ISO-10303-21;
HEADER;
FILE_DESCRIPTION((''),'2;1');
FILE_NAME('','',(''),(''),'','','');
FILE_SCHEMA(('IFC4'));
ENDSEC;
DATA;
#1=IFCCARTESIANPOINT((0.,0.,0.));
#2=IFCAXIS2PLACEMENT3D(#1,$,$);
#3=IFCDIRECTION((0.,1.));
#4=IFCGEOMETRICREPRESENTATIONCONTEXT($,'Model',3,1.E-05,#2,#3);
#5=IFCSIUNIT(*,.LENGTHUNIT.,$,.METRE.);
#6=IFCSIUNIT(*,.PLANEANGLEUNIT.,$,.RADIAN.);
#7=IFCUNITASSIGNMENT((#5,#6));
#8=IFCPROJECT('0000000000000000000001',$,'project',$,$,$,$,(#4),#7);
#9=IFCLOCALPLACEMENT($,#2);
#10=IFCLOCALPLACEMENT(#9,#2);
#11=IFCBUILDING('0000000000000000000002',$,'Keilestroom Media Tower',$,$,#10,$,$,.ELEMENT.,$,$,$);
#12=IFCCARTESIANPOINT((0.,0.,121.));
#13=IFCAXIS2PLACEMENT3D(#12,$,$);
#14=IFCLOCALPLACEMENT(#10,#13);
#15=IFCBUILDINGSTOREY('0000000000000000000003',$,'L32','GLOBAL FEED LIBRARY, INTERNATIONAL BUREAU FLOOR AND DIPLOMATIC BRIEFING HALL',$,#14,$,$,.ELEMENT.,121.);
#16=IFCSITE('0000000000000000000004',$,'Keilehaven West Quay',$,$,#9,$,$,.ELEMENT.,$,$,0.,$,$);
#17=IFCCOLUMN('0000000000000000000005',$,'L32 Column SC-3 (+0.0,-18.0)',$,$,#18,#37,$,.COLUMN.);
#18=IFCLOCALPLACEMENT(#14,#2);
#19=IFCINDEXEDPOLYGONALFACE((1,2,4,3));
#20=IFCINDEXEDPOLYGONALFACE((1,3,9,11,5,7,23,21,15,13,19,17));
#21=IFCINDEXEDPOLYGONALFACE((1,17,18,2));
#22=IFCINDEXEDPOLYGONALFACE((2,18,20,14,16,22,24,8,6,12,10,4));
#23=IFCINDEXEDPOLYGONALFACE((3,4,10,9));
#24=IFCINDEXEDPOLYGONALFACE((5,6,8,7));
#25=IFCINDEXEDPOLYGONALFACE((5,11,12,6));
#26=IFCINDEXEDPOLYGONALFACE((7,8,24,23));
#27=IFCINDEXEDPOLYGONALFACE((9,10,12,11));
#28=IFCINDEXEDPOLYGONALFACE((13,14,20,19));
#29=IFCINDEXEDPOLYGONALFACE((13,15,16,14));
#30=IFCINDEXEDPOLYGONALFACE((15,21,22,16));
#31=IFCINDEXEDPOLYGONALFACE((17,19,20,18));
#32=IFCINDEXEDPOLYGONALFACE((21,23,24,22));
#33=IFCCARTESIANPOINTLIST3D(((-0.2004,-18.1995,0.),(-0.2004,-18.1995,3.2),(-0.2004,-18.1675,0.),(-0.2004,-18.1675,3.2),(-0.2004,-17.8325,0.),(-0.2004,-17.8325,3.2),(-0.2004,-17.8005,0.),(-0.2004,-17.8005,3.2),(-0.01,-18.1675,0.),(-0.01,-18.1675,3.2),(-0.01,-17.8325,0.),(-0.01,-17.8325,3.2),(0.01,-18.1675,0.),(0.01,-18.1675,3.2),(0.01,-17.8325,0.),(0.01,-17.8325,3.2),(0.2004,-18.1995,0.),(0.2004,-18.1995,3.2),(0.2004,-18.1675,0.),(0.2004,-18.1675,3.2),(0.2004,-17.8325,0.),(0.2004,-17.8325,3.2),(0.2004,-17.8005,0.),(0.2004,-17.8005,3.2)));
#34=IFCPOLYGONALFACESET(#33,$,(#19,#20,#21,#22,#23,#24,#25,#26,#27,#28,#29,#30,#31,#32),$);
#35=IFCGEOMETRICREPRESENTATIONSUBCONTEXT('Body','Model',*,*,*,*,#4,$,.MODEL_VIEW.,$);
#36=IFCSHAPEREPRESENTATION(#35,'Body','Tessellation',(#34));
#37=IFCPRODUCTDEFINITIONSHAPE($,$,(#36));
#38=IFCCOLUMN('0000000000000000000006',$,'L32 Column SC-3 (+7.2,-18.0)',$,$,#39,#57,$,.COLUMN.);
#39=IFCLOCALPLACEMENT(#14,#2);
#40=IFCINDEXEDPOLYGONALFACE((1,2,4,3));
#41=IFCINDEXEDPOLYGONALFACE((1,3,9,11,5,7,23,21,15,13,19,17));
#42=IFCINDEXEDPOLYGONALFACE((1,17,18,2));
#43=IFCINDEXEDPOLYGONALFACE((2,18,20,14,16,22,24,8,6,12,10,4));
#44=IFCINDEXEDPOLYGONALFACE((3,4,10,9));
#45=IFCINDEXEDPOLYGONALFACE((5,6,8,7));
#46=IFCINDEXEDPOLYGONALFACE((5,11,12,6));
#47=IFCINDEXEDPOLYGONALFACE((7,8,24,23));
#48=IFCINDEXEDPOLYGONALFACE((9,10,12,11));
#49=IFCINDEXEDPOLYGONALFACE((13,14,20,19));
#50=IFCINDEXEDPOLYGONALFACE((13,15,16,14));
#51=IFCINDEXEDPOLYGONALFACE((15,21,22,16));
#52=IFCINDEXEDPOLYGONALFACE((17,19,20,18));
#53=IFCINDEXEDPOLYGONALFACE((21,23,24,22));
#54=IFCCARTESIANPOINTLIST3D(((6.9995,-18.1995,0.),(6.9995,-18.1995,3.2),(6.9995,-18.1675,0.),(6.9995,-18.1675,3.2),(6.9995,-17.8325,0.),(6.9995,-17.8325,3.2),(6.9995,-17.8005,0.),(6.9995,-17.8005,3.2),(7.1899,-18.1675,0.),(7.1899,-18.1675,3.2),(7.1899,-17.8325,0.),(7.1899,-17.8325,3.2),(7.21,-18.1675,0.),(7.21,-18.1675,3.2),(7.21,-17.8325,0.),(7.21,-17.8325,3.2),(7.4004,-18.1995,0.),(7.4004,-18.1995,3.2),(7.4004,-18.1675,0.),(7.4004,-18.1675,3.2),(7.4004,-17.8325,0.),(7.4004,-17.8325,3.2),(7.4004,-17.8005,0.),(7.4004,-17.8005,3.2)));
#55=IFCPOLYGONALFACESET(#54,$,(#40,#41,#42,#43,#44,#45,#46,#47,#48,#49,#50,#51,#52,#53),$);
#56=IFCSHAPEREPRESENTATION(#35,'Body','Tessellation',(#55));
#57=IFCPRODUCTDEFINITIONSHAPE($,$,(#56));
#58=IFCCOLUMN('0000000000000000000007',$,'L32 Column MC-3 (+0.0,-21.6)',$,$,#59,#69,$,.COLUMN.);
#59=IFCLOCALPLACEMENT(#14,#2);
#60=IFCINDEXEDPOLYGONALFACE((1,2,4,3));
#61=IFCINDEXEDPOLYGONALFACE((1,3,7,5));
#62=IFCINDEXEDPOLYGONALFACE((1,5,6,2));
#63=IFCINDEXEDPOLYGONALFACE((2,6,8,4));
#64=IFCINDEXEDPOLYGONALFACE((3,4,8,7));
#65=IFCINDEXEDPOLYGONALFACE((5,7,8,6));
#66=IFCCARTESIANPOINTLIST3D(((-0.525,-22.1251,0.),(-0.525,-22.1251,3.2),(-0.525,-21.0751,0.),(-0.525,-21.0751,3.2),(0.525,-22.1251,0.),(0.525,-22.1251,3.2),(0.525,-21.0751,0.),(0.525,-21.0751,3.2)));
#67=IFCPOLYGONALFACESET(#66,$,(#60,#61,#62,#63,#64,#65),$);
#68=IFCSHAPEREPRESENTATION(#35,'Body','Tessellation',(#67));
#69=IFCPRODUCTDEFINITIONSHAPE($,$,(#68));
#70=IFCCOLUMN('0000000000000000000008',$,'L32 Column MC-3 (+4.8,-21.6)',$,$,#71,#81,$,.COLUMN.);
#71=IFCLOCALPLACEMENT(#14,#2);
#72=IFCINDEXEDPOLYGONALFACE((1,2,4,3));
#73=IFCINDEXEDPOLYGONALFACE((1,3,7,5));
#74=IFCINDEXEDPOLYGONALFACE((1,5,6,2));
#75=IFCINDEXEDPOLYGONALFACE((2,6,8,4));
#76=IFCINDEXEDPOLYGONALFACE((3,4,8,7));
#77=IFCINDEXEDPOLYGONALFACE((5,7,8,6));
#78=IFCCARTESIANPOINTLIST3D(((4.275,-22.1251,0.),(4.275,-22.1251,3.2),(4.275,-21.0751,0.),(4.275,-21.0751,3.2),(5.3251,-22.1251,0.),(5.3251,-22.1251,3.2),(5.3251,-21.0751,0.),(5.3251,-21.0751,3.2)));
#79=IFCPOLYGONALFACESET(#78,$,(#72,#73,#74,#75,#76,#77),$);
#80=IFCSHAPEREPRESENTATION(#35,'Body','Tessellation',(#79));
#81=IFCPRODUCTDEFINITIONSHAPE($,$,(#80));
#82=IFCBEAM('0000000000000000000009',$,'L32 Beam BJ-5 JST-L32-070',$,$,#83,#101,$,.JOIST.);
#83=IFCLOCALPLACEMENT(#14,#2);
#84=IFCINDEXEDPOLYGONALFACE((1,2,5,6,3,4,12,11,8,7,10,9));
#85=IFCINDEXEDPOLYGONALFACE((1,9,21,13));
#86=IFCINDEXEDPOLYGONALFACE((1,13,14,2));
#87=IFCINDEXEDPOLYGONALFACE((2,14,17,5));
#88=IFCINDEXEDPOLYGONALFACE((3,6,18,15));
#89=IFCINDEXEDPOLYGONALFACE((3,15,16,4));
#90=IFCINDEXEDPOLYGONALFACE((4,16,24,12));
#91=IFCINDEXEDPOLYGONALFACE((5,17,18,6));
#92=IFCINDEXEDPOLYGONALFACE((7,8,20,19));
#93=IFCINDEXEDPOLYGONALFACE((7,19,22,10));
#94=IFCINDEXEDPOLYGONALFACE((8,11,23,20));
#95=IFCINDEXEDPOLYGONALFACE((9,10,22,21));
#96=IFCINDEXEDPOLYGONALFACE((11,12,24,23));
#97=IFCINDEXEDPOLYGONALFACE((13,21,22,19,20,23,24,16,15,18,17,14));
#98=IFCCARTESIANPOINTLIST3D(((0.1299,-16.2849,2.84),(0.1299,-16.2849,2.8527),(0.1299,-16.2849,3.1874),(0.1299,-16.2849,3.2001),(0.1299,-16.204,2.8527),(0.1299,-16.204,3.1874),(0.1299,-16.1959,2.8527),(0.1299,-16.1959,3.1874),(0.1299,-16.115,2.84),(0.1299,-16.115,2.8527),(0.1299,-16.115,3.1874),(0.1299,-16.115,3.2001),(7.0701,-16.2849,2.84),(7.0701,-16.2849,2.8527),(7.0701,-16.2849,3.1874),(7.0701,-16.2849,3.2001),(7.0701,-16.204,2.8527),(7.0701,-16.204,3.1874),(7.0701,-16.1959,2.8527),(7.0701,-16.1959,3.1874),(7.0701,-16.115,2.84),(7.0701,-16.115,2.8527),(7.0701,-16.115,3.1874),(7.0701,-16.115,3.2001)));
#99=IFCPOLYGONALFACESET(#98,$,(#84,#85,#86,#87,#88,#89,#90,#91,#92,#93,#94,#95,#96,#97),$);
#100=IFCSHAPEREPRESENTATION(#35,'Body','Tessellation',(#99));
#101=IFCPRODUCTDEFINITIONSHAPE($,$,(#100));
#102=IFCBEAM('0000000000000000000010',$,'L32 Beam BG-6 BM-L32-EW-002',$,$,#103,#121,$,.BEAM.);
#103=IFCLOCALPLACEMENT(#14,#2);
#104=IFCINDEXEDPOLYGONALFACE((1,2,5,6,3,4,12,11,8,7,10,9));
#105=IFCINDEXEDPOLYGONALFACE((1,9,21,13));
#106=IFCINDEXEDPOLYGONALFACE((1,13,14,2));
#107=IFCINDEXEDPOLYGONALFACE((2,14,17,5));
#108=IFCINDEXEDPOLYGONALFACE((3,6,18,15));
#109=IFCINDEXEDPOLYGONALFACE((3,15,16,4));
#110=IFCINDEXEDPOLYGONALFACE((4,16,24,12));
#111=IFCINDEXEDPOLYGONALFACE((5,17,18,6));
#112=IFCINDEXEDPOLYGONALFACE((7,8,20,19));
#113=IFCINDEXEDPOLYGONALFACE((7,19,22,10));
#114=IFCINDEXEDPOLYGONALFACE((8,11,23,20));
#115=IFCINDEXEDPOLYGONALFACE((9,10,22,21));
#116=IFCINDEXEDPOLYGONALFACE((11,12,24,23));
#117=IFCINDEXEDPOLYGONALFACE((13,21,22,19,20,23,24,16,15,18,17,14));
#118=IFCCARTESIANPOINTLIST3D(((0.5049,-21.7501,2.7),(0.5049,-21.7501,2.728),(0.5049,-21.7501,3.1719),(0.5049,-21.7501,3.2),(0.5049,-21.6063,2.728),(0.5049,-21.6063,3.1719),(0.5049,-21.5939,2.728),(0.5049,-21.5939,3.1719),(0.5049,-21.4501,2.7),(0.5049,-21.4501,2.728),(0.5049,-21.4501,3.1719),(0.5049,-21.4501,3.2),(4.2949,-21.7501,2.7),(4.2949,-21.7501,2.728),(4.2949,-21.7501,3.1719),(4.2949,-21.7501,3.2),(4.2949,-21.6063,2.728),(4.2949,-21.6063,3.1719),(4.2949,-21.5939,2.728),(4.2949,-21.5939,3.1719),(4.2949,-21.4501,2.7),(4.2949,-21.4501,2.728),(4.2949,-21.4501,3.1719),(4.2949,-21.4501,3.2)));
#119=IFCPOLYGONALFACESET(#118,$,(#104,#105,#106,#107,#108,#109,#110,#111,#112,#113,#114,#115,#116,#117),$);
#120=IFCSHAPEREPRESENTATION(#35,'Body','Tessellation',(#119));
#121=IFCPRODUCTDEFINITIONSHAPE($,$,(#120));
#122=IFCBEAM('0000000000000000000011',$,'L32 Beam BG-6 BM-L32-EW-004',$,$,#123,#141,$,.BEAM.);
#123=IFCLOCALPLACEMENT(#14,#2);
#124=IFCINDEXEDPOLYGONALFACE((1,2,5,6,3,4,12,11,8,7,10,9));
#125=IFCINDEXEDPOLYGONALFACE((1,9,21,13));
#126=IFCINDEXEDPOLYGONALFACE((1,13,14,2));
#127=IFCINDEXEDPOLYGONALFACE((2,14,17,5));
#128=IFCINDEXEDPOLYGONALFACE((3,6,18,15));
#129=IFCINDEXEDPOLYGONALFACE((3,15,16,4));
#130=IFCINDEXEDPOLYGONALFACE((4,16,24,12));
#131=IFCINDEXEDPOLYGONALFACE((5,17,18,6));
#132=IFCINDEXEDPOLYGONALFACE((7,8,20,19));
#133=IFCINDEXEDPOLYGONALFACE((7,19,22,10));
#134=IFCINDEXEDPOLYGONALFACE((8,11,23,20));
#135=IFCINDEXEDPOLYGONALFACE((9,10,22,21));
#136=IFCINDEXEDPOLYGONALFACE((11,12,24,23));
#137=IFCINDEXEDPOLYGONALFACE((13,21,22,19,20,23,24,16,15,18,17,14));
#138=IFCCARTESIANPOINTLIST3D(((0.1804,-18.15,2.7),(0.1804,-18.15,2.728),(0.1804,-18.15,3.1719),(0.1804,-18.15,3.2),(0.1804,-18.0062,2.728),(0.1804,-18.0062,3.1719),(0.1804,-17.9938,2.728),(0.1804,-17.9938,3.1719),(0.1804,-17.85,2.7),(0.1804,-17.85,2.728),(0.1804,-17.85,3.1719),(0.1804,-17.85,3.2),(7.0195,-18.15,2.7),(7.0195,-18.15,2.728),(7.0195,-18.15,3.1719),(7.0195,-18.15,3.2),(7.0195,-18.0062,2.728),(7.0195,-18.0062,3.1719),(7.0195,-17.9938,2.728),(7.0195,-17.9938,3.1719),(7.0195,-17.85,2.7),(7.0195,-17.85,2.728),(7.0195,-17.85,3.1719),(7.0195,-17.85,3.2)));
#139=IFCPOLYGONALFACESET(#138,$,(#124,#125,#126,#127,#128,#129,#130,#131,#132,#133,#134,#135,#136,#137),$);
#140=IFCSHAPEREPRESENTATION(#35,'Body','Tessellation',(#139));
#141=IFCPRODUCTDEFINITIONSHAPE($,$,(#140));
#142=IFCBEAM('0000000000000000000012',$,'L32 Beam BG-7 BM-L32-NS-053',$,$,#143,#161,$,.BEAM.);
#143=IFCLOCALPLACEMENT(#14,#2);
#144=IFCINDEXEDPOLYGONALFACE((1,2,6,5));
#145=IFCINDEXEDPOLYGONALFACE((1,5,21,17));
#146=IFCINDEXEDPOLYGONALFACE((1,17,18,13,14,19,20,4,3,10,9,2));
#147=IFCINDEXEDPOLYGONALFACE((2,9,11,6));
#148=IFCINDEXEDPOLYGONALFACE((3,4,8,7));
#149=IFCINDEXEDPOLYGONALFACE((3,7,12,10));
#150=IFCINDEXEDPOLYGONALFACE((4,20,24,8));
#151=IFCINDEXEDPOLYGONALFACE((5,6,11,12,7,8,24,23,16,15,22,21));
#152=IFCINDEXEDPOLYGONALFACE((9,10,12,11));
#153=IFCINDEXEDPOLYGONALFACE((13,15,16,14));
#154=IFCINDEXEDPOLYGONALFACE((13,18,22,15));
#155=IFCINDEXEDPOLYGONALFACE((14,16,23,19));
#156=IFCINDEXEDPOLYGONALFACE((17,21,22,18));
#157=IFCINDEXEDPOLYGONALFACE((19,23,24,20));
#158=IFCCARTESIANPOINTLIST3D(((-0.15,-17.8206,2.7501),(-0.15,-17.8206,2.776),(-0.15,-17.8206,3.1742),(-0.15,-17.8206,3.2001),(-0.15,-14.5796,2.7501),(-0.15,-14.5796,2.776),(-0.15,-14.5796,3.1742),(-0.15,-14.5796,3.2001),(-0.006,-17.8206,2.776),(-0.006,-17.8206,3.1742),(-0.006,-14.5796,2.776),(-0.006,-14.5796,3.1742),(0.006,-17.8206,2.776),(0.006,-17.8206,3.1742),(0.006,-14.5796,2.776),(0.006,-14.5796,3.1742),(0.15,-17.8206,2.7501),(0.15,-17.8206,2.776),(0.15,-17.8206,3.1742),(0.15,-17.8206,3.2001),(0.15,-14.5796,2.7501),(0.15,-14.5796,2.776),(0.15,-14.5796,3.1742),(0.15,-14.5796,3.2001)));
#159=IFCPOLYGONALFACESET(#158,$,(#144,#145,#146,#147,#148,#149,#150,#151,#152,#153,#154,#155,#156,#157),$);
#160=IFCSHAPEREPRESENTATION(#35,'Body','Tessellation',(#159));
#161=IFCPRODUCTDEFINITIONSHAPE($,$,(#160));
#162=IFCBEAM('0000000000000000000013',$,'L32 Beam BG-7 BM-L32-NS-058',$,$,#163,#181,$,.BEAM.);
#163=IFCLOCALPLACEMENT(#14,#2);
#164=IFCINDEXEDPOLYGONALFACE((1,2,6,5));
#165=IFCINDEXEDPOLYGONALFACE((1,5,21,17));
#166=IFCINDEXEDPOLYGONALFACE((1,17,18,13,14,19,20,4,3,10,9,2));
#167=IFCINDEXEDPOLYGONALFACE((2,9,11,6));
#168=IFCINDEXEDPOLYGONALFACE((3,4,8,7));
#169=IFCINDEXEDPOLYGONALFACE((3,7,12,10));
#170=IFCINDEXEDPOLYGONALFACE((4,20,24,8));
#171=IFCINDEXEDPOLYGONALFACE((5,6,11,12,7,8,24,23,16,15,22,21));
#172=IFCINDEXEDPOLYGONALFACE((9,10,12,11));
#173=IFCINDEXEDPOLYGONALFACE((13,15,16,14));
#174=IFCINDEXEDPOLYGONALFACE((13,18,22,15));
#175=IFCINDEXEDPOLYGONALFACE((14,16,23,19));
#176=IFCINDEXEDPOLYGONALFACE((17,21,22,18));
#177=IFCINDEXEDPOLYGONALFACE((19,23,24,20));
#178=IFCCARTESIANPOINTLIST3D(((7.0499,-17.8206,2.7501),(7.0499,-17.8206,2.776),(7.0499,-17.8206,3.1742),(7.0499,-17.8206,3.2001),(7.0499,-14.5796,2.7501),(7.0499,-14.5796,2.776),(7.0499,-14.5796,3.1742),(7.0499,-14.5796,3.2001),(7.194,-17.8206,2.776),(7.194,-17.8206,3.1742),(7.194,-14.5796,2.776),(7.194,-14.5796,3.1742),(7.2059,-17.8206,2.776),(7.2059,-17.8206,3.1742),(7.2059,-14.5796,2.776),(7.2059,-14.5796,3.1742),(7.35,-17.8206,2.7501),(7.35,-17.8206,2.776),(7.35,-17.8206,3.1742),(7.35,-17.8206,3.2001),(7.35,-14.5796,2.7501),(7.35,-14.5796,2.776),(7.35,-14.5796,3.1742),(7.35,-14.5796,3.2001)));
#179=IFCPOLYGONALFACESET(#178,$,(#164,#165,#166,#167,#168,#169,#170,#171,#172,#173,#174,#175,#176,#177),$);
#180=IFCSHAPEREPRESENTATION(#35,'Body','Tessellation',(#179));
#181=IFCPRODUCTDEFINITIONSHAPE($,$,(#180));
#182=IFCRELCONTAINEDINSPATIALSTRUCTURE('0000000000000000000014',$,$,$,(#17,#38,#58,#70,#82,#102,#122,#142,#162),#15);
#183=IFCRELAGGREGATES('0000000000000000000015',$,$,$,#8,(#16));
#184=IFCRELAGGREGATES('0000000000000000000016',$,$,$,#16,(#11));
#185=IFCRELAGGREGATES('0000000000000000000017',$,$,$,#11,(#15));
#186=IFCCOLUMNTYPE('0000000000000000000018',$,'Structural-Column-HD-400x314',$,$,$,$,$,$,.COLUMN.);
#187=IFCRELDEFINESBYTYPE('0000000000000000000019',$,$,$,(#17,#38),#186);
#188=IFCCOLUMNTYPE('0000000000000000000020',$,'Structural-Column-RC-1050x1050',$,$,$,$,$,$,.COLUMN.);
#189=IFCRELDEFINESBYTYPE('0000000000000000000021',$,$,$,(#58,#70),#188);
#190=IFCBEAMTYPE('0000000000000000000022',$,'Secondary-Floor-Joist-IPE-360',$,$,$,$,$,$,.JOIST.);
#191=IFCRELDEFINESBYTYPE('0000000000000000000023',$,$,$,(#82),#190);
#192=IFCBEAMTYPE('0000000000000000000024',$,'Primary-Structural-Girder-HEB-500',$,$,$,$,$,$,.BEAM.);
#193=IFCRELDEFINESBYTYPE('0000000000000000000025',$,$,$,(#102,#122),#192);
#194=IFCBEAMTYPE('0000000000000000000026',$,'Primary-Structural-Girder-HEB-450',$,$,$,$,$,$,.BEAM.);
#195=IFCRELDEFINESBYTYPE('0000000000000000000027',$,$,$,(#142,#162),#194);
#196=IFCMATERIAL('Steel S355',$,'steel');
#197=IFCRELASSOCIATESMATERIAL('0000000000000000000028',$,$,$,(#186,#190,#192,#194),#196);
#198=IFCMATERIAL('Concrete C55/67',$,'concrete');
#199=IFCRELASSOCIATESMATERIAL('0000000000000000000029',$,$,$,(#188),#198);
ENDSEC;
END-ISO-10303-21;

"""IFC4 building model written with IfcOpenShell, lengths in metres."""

from ifc_helpers import new_model, si_unit, direction, frame, origin, origin_2d, place, context, subcontext, project, spatial, rectangle, i_section, extrude, source, transform, mapped, material, material_profile, profile_set, type_object, element, save


model = new_model("IFC4")

# Units and contexts
model_context = context("Model", 3, precision=1e-05, world=origin(), true_north=direction((0.0, 1.0)))
body_context = subcontext(model_context, "Body", "Model", "MODEL_VIEW")
ifc_project = project(units=[si_unit("LENGTHUNIT", "METRE"), si_unit("PLANEANGLEUNIT", "RADIAN")], contexts=[model_context])

# Site, building, storey
site_placement = place(None, origin())
site = spatial("IfcSite", under=ifc_project, at=site_placement, Name="Keilehaven West Quay", CompositionType="ELEMENT", RefElevation=0.0)
building_placement = place(site_placement, origin())
building = spatial("IfcBuilding", under=site, at=building_placement, Name="Keilestroom Media Tower", CompositionType="ELEMENT")
storey_placement = place(building_placement, frame((0.0, 0.0, 121.0)))
storey = spatial("IfcBuildingStorey", under=building, at=storey_placement, Name="L32", Description="GLOBAL FEED LIBRARY, INTERNATIONAL BUREAU FLOOR AND DIPLOMATIC BRIEFING HALL", CompositionType="ELEMENT", Elevation=121.0)

# Columns
ifc_material_1 = material(Name="Steel S355", Category="steel")
ifc_material_profile_1 = material_profile(ifc_material_1, i_section(OverallWidth=0.4009, OverallDepth=0.3989, WebThickness=0.02, FlangeThickness=0.032, at=origin_2d()), Name="HD 400x314")
ifc_profile_set_1 = profile_set([ifc_material_profile_1], Name="Steel S355")
column_type_1 = type_object("IfcColumnType", Name="Structural-Column-HD-400x314", PredefinedType="COLUMN", material=ifc_profile_set_1)
shared_shape_1 = source(origin(), body_context, "Body", "SweptSolid", [
    extrude(i_section(OverallWidth=0.4009, OverallDepth=0.3989, WebThickness=0.02, FlangeThickness=0.032, at=origin_2d()), origin(), (0.0, 0.0, 1.0), 3.2),
])
for number, where, z_axis, x_axis, name in (
    (1, (0.0, -18.0, 0.0), (0.0, 0.0, 1.0), (1.0, 0.0, 0.0), "L32 Column SC-3 (+0.0,-18.0)"),
    (2, (7.2, -18.0, 0.0), (0.0, 0.0, 1.0), (1.0, 0.0, 0.0), "L32 Column SC-3 (+7.2,-18.0)"),
):
    element("IfcColumn", number, at=place(storey_placement, frame(where, z_axis=z_axis, x_axis=x_axis)), inside=storey, type_object=column_type_1, Name=name, PredefinedType="COLUMN", context=body_context, shape_type="MappedRepresentation", body=[
        mapped(shared_shape_1, transform((0.0, 0.0, 0.0), x_axis=(1.0, 0.0, 0.0), y_axis=(0.0, 1.0, 0.0), z_axis=(0.0, 0.0, 1.0), scale=1.0)),
    ])
ifc_material_2 = material(Name="Concrete C55/67", Category="concrete")
ifc_material_profile_2 = material_profile(ifc_material_2, rectangle(XDim=1.05, YDim=1.05, at=origin_2d()), Name="RC 1050x1050")
ifc_profile_set_2 = profile_set([ifc_material_profile_2], Name="Concrete C55/67")
column_type_2 = type_object("IfcColumnType", Name="Structural-Column-RC-1050x1050", PredefinedType="COLUMN", material=ifc_profile_set_2)
shared_shape_2 = source(origin(), body_context, "Body", "SweptSolid", [
    extrude(rectangle(XDim=1.05, YDim=1.05, at=origin_2d()), origin(), (0.0, 0.0, 1.0), 3.2),
])
for number, where, z_axis, x_axis, name in (
    (3, (0.0, -21.6001, 0.0), (0.0, 0.0, 1.0), (1.0, 0.0, 0.0), "L32 Column MC-3 (+0.0,-21.6)"),
    (4, (4.8, -21.6001, 0.0), (0.0, 0.0, 1.0), (1.0, 0.0, 0.0), "L32 Column MC-3 (+4.8,-21.6)"),
):
    element("IfcColumn", number, at=place(storey_placement, frame(where, z_axis=z_axis, x_axis=x_axis)), inside=storey, type_object=column_type_2, Name=name, PredefinedType="COLUMN", context=body_context, shape_type="MappedRepresentation", body=[
        mapped(shared_shape_2, transform((0.0, 0.0, 0.0), x_axis=(1.0, 0.0, 0.0), y_axis=(0.0, 1.0, 0.0), z_axis=(0.0, 0.0, 1.0), scale=1.0)),
    ])

# Beams
ifc_material_profile_3 = material_profile(ifc_material_1, i_section(OverallWidth=0.1699, OverallDepth=0.3601, WebThickness=0.0081, FlangeThickness=0.0127, at=origin_2d()), Name="IPE 360")
ifc_profile_set_3 = profile_set([ifc_material_profile_3], Name="Steel S355")
beam_type_1 = type_object("IfcBeamType", Name="Secondary-Floor-Joist-IPE-360", PredefinedType="JOIST", material=ifc_profile_set_3)
shared_shape_3 = source(origin(), body_context, "Body", "SweptSolid", [
    extrude(i_section(OverallWidth=0.1699, OverallDepth=0.3601, WebThickness=0.0081, FlangeThickness=0.0127, at=origin_2d()), origin(), (0.0, 0.0, 1.0), 6.9402),
])
beam_1_placement = place(storey_placement, frame((0.1299, -16.2, 3.02), z_axis=(1.0, 0.0, 0.0), x_axis=(0.0, 1.0, 0.0)))
element("IfcBeam", 5, at=beam_1_placement, inside=storey, type_object=beam_type_1, Name="L32 Beam BJ-5 JST-L32-070", PredefinedType="JOIST", context=body_context, shape_type="MappedRepresentation", body=[
    mapped(shared_shape_3, transform((0.0, 0.0, 0.0), x_axis=(1.0, 0.0, 0.0), y_axis=(0.0, 1.0, 0.0), z_axis=(0.0, 0.0, 1.0), scale=1.0)),
])
ifc_material_profile_4 = material_profile(ifc_material_1, i_section(OverallWidth=0.3, OverallDepth=0.5, WebThickness=0.0125, FlangeThickness=0.0281, at=origin_2d()), Name="HEB 500")
ifc_profile_set_4 = profile_set([ifc_material_profile_4], Name="Steel S355")
beam_type_2 = type_object("IfcBeamType", Name="Primary-Structural-Girder-HEB-500", PredefinedType="BEAM", material=ifc_profile_set_4)
shared_shape_4 = source(origin(), body_context, "Body", "SweptSolid", [
    extrude(i_section(OverallWidth=0.3, OverallDepth=0.5, WebThickness=0.0125, FlangeThickness=0.0281, at=origin_2d()), origin(), (0.0, 0.0, 1.0), 3.79),
])
beam_2_placement = place(storey_placement, frame((0.5049, -21.6001, 2.95), z_axis=(1.0, 0.0, 0.0), x_axis=(0.0, 1.0, 0.0)))
element("IfcBeam", 6, at=beam_2_placement, inside=storey, type_object=beam_type_2, Name="L32 Beam BG-6 BM-L32-EW-002", PredefinedType="BEAM", context=body_context, shape_type="MappedRepresentation", body=[
    mapped(shared_shape_4, transform((0.0, 0.0, 0.0), x_axis=(1.0, 0.0, 0.0), y_axis=(0.0, 1.0, 0.0), z_axis=(0.0, 0.0, 1.0), scale=1.0)),
])
shared_shape_5 = source(origin(), body_context, "Body", "SweptSolid", [
    extrude(i_section(OverallWidth=0.3, OverallDepth=0.5, WebThickness=0.0125, FlangeThickness=0.0281, at=origin_2d()), origin(), (0.0, 0.0, 1.0), 6.8391),
])
beam_3_placement = place(storey_placement, frame((0.1804, -18.0, 2.95), z_axis=(1.0, 0.0, 0.0), x_axis=(0.0, 1.0, 0.0)))
element("IfcBeam", 7, at=beam_3_placement, inside=storey, type_object=beam_type_2, Name="L32 Beam BG-6 BM-L32-EW-004", PredefinedType="BEAM", context=body_context, shape_type="MappedRepresentation", body=[
    mapped(shared_shape_5, transform((0.0, 0.0, 0.0), x_axis=(1.0, 0.0, 0.0), y_axis=(0.0, 1.0, 0.0), z_axis=(0.0, 0.0, 1.0), scale=1.0)),
])
ifc_material_profile_5 = material_profile(ifc_material_1, i_section(OverallWidth=0.3, OverallDepth=0.45, WebThickness=0.012, FlangeThickness=0.0259, at=origin_2d()), Name="HEB 450")
ifc_profile_set_5 = profile_set([ifc_material_profile_5], Name="Steel S355")
beam_type_3 = type_object("IfcBeamType", Name="Primary-Structural-Girder-HEB-450", PredefinedType="BEAM", material=ifc_profile_set_5)
shared_shape_6 = source(origin(), body_context, "Body", "SweptSolid", [
    extrude(i_section(OverallWidth=0.3, OverallDepth=0.45, WebThickness=0.012, FlangeThickness=0.0259, at=origin_2d()), origin(), (0.0, 0.0, 1.0), 3.241),
])
for number, where, z_axis, x_axis, name in (
    (8, (0.0, -17.8206, 2.9751), (0.0, 1.0, 0.0), (-1.0, 0.0, 0.0), "L32 Beam BG-7 BM-L32-NS-053"),
    (9, (7.2, -17.8206, 2.9751), (0.0, 1.0, 0.0), (-1.0, 0.0, 0.0), "L32 Beam BG-7 BM-L32-NS-058"),
):
    element("IfcBeam", number, at=place(storey_placement, frame(where, z_axis=z_axis, x_axis=x_axis)), inside=storey, type_object=beam_type_3, Name=name, PredefinedType="BEAM", context=body_context, shape_type="MappedRepresentation", body=[
        mapped(shared_shape_6, transform((0.0, 0.0, 0.0), x_axis=(1.0, 0.0, 0.0), y_axis=(0.0, 1.0, 0.0), z_axis=(0.0, 0.0, 1.0), scale=1.0)),
    ])

save(model, "model.ifc")
